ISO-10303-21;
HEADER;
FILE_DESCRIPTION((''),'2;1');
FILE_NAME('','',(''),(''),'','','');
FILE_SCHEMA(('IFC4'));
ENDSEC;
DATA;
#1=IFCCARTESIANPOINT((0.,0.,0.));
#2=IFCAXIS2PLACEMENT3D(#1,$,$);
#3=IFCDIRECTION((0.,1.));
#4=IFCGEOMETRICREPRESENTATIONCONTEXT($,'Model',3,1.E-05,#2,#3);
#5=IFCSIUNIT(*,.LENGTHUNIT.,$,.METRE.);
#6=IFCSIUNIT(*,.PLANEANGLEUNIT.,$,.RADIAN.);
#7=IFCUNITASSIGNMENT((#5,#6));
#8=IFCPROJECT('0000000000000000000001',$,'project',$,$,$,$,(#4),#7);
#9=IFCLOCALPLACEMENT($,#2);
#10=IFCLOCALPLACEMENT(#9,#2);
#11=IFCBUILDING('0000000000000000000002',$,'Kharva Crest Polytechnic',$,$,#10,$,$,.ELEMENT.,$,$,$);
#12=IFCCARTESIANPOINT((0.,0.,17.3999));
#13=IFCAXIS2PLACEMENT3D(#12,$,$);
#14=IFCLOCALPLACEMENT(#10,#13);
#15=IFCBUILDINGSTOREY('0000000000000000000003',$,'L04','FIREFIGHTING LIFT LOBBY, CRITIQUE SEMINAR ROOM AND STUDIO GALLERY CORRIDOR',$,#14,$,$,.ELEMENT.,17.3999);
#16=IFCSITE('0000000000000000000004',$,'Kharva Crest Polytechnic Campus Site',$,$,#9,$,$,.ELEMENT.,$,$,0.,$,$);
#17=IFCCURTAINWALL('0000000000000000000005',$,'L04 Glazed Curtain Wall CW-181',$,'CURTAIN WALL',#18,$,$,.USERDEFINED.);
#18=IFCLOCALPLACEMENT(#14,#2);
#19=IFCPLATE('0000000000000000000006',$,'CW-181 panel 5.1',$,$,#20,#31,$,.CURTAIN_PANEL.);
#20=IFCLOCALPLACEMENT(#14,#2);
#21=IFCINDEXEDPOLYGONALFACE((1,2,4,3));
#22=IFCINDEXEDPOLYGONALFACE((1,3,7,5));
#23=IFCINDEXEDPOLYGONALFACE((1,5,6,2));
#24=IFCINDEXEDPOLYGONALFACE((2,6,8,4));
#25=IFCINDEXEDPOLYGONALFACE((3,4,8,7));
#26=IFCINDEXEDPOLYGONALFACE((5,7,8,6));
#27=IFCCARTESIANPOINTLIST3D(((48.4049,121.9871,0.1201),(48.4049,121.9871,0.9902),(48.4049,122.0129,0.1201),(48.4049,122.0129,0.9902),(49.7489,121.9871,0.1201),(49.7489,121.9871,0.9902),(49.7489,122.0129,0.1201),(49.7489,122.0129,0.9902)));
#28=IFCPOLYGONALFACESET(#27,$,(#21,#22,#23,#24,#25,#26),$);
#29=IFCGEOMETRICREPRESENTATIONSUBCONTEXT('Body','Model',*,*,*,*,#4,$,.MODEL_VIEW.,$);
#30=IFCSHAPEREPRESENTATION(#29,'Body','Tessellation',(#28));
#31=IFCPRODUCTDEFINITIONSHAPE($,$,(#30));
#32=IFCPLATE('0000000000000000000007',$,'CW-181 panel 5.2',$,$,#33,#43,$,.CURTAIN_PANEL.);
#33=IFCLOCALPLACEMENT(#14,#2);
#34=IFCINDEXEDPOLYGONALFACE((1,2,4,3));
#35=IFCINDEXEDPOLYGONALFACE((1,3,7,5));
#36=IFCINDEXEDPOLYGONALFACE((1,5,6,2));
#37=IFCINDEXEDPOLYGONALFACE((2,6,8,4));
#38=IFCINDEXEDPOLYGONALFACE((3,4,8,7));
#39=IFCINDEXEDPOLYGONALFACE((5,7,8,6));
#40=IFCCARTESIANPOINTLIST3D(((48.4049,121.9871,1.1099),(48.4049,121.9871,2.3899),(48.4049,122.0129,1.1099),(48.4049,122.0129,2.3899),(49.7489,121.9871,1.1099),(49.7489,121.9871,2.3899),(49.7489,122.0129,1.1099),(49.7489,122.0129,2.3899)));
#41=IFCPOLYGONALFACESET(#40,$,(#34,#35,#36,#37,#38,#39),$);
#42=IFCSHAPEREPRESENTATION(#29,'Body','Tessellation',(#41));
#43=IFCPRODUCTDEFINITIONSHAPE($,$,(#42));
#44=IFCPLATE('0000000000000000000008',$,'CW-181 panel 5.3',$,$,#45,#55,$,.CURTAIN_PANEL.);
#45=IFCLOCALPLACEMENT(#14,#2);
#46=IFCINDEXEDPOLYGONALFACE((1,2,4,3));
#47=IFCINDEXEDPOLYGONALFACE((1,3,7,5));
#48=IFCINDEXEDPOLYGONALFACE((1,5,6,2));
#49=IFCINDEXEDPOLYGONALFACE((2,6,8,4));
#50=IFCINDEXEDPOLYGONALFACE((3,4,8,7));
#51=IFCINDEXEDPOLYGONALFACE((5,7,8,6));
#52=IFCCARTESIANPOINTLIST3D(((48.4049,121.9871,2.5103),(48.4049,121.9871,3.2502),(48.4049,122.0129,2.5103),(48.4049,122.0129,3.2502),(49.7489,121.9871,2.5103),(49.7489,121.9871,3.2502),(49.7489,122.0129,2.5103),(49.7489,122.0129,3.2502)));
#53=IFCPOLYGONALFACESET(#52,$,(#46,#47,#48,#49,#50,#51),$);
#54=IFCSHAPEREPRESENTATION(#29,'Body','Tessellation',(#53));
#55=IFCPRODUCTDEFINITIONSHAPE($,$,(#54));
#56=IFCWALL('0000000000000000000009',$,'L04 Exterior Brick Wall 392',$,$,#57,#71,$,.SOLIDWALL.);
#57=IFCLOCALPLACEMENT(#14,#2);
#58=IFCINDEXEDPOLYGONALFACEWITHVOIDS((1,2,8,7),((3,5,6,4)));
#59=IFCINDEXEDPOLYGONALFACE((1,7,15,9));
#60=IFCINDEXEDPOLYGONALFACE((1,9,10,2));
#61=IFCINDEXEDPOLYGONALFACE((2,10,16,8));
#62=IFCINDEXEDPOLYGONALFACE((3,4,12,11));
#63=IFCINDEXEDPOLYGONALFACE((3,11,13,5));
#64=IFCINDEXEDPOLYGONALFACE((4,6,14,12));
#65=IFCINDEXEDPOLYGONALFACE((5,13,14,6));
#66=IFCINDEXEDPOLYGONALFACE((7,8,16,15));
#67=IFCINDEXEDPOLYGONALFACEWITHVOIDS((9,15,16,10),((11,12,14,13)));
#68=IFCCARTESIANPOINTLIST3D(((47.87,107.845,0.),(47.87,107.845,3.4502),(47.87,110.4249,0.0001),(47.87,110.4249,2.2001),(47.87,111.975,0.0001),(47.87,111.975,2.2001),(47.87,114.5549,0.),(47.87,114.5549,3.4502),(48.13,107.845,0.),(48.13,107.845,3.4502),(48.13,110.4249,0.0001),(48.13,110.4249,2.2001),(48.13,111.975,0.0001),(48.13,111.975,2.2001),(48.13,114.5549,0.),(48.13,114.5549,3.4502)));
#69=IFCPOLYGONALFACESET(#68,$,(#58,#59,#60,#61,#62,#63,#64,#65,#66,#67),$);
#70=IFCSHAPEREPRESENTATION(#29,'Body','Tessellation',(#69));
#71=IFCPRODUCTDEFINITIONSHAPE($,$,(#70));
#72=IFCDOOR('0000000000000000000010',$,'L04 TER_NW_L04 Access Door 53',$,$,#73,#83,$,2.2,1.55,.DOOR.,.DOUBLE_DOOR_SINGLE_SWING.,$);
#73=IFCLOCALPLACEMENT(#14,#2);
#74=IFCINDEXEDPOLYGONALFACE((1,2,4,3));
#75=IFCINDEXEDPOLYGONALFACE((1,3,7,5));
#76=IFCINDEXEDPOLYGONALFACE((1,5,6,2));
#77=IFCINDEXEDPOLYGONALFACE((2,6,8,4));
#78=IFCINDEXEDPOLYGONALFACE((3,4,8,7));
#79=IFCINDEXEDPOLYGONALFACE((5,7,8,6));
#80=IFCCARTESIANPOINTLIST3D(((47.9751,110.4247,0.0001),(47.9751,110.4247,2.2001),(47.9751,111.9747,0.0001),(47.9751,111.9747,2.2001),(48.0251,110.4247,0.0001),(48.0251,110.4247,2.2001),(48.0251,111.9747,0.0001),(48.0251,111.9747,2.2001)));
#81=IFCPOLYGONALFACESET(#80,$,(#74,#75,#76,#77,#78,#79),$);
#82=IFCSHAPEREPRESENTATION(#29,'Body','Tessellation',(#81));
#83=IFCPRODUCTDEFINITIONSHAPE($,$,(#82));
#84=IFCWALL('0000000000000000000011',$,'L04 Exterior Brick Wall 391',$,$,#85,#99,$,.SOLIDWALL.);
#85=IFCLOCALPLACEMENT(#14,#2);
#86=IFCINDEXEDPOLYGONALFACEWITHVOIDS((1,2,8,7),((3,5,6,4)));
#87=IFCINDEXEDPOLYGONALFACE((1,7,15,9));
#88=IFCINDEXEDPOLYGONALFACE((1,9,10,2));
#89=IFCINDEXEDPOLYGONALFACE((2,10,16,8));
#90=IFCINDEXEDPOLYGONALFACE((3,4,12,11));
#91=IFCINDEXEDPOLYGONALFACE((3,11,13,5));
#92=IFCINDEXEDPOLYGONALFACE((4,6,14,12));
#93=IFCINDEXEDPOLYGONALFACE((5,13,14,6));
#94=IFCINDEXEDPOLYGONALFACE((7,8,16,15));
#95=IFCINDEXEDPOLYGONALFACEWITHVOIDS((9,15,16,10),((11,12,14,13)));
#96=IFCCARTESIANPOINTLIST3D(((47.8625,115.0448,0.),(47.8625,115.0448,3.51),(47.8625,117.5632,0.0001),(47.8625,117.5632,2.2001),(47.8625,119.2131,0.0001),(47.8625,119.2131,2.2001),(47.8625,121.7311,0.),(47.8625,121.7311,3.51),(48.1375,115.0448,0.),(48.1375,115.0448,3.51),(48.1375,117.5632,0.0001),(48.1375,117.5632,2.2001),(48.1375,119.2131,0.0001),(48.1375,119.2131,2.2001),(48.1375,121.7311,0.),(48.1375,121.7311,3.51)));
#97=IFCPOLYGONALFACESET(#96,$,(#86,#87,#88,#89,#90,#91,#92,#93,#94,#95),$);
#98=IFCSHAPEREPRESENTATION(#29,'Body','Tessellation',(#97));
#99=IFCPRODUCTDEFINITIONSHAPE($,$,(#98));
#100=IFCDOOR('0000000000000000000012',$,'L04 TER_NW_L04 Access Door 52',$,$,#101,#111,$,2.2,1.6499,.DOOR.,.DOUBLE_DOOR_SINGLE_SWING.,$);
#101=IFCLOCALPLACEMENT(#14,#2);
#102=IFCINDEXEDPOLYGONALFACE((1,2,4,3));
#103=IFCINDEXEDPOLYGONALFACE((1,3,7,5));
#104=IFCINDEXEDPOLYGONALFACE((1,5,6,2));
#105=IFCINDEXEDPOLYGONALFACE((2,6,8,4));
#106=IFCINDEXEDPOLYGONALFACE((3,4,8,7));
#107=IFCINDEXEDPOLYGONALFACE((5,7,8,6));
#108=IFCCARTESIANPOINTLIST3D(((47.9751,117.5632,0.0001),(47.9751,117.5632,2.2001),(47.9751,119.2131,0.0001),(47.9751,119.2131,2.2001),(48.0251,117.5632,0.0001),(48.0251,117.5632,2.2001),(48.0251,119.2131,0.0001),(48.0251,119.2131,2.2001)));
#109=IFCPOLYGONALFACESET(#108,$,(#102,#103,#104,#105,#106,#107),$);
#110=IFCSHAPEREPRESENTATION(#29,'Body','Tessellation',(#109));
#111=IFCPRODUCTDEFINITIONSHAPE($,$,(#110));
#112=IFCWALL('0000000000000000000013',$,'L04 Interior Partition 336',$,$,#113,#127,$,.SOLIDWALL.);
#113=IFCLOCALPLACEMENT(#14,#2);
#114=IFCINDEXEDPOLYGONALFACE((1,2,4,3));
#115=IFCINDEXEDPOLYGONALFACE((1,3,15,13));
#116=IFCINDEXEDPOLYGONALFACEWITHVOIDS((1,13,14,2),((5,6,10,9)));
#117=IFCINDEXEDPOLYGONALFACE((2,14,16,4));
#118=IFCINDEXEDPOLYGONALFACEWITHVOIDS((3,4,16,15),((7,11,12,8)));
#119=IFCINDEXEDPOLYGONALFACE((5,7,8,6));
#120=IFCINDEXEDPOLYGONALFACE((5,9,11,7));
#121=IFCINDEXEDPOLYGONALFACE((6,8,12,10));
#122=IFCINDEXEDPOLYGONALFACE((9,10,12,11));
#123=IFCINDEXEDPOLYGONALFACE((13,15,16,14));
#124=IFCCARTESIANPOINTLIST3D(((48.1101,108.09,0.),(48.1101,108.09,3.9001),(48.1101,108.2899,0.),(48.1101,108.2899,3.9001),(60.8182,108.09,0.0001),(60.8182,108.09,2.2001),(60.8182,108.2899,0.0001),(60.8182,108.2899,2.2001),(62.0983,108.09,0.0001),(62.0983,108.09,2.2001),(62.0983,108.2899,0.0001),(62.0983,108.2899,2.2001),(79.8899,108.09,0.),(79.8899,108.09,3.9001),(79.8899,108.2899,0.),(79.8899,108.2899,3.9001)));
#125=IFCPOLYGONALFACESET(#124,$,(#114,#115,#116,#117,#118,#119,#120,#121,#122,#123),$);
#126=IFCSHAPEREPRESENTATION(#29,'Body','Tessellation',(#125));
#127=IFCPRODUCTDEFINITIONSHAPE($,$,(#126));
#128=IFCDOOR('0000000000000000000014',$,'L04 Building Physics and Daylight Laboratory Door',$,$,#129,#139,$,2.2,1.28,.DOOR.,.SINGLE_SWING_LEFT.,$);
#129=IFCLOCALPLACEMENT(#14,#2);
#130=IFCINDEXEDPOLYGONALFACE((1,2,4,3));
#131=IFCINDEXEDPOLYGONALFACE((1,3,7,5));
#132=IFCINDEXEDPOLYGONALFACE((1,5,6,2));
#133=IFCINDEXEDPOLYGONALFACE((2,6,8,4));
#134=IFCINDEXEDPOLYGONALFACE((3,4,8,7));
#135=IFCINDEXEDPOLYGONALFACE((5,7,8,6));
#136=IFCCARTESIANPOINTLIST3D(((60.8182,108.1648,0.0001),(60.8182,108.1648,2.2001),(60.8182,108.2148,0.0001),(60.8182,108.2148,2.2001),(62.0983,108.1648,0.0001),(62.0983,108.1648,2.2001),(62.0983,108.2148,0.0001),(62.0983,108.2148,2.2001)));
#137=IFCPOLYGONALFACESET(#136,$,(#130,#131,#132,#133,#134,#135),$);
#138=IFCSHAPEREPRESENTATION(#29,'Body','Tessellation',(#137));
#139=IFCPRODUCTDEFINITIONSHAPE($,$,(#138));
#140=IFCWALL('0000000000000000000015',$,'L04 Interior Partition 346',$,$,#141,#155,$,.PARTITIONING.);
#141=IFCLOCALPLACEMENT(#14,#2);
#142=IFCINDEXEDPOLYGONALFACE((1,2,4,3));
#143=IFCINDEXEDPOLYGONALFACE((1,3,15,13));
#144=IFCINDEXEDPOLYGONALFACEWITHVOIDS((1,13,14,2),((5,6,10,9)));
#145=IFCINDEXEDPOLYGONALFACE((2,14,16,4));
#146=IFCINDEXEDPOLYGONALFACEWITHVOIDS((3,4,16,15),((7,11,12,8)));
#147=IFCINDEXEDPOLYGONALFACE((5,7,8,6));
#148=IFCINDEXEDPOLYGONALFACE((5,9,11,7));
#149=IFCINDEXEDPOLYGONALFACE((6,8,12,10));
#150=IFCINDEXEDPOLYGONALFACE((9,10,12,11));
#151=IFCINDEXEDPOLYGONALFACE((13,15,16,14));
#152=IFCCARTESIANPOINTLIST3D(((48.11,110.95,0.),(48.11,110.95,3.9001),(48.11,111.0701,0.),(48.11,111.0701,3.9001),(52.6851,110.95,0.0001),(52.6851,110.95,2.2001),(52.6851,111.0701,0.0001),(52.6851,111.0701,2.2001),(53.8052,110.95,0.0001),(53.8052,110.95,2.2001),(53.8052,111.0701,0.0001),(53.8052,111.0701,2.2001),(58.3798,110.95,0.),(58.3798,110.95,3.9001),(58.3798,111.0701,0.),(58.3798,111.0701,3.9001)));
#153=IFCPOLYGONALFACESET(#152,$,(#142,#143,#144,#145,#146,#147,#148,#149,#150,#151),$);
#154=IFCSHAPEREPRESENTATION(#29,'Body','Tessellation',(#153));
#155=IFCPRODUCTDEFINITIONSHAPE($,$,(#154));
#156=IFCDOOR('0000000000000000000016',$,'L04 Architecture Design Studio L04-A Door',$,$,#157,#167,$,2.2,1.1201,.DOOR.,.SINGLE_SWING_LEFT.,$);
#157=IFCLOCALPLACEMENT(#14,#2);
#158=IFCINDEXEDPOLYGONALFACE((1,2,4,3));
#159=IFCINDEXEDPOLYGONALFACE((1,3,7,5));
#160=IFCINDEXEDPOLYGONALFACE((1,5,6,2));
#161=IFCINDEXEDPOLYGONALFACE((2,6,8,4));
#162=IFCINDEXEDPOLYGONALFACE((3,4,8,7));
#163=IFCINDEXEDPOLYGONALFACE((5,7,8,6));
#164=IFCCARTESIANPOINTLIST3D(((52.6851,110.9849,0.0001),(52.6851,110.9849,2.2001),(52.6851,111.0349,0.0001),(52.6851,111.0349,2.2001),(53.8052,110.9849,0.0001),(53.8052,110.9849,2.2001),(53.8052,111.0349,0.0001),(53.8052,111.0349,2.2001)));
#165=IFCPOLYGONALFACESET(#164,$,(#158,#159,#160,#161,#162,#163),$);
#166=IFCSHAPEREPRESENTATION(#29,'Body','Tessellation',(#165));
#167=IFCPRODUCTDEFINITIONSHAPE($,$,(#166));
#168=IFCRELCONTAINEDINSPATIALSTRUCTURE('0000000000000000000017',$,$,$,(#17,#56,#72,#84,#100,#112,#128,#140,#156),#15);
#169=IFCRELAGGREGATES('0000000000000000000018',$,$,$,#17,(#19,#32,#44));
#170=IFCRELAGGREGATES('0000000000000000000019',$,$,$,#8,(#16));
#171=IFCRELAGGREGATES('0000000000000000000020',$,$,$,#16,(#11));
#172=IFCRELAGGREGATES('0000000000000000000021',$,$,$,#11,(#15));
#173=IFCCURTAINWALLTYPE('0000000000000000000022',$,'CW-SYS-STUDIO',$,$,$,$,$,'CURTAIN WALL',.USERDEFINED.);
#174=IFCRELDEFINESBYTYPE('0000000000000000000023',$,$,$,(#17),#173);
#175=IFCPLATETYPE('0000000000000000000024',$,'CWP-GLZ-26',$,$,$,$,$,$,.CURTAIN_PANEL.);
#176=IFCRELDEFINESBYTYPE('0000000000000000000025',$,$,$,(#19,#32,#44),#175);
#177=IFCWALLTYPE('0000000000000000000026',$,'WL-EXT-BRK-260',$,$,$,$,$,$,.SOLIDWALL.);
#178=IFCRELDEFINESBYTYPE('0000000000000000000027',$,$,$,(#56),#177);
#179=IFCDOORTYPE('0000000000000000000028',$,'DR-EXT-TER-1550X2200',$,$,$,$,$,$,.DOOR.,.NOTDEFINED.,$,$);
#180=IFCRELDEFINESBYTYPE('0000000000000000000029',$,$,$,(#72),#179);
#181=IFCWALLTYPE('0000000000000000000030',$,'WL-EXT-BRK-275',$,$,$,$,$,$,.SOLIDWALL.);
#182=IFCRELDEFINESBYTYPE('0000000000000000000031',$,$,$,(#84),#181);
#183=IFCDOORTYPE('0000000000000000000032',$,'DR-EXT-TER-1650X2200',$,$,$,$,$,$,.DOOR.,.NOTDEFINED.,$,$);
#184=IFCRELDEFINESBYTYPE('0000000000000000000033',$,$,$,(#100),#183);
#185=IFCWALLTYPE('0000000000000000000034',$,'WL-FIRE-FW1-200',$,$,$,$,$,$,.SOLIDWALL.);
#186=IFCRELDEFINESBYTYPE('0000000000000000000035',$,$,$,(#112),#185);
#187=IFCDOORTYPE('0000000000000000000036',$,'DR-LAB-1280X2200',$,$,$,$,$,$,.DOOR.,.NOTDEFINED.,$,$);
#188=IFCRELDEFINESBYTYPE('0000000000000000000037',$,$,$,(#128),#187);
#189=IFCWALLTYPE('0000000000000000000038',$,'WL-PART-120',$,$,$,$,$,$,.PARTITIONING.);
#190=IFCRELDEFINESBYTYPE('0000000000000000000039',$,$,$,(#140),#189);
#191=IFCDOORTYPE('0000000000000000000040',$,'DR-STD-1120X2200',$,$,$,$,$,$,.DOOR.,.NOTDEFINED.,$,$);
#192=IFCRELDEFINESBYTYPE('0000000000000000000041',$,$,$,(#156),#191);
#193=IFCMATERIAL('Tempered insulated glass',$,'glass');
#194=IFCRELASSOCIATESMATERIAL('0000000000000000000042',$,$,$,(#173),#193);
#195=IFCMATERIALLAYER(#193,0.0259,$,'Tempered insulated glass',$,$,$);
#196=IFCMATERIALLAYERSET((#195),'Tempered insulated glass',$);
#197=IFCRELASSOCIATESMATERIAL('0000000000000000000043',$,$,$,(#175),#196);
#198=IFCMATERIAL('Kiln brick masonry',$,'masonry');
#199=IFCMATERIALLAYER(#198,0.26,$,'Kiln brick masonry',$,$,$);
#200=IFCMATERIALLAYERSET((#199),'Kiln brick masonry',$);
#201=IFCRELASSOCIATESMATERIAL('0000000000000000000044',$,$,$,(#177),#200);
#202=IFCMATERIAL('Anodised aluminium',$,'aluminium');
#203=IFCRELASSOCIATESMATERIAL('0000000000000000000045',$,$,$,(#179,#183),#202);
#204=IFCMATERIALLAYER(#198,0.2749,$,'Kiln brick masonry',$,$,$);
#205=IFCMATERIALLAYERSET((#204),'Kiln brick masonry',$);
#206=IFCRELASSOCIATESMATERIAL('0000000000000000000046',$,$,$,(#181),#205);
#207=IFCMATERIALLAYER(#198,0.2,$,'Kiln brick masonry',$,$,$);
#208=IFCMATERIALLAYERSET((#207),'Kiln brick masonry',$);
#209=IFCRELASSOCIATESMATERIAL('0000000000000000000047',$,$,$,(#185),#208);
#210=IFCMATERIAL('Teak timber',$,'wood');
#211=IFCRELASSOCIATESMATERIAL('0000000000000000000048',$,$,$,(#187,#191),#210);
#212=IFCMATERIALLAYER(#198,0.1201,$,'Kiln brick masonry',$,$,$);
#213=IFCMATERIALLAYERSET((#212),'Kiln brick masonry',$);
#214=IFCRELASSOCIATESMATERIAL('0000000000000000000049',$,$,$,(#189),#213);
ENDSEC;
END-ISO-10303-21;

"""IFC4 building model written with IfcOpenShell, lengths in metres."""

from ifc_helpers import new_model, si_unit, direction, frame, frame_2d, origin, origin_2d, place, context, subcontext, project, spatial, rectangle, extrude, material, layer, layer_set, type_object, element, fill, aggregate, save


model = new_model("IFC4")

# Units and contexts
model_context = context("Model", 3, precision=1e-05, world=origin(), true_north=direction((0.0, 1.0)))
body_context = subcontext(model_context, "Body", "Model", "MODEL_VIEW")
ifc_project = project(units=[si_unit("LENGTHUNIT", "METRE"), si_unit("PLANEANGLEUNIT", "RADIAN")], contexts=[model_context])

# Site, building, storey
site_placement = place(None, origin())
site = spatial("IfcSite", under=ifc_project, at=site_placement, Name="Kharva Crest Polytechnic Campus Site", CompositionType="ELEMENT", RefElevation=0.0)
building_placement = place(site_placement, origin())
building = spatial("IfcBuilding", under=site, at=building_placement, Name="Kharva Crest Polytechnic", CompositionType="ELEMENT")
storey_placement = place(building_placement, frame((0.0, 0.0, 17.3999)))
storey = spatial("IfcBuildingStorey", under=building, at=storey_placement, Name="L04", Description="FIREFIGHTING LIFT LOBBY, CRITIQUE SEMINAR ROOM AND STUDIO GALLERY CORRIDOR", CompositionType="ELEMENT", Elevation=17.3999)

# Curtain wall
ifc_material_1 = material(Name="Tempered insulated glass", Category="glass")
curtain_wall_type = type_object("IfcCurtainWallType", Name="CW-SYS-STUDIO", ElementType="CURTAIN WALL", PredefinedType="USERDEFINED", material=ifc_material_1)
curtain_wall_placement = place(storey_placement, origin())
curtain_wall = element("IfcCurtainWall", 1, at=curtain_wall_placement, inside=storey, type_object=curtain_wall_type, Name="L04 Glazed Curtain Wall CW-181", ObjectType="CURTAIN WALL", PredefinedType="USERDEFINED")

# Plates
ifc_layer_1 = layer(ifc_material_1, 0.0259, Name="Tempered insulated glass")
ifc_layer_set_1 = layer_set([ifc_layer_1], Name="Tempered insulated glass")
plate_type = type_object("IfcPlateType", Name="CWP-GLZ-26", PredefinedType="CURTAIN_PANEL", material=ifc_layer_set_1)
plate_1_placement = place(storey_placement, frame((49.0769, 122.0, 0.1201), z_axis=(0.0, 0.0, 1.0), x_axis=(-1.0, 0.0, 0.0)))
plate_1 = element("IfcPlate", 2, at=plate_1_placement, type_object=plate_type, Name="CW-181 panel 5.1", PredefinedType="CURTAIN_PANEL", context=body_context, shape_type="SweptSolid", body=[
    extrude(rectangle(XDim=1.344, YDim=0.0259, at=origin_2d()), origin(), (0.0, 0.0, 1.0), 0.8701),
])
plate_2_placement = place(storey_placement, frame((49.0769, 122.0, 1.1099), z_axis=(0.0, 0.0, 1.0), x_axis=(-1.0, 0.0, 0.0)))
plate_2 = element("IfcPlate", 3, at=plate_2_placement, type_object=plate_type, Name="CW-181 panel 5.2", PredefinedType="CURTAIN_PANEL", context=body_context, shape_type="SweptSolid", body=[
    extrude(rectangle(XDim=1.344, YDim=0.0259, at=origin_2d()), origin(), (0.0, 0.0, 1.0), 1.28),
])
plate_3_placement = place(storey_placement, frame((49.0769, 122.0, 2.5103), z_axis=(0.0, 0.0, 1.0), x_axis=(-1.0, 0.0, 0.0)))
plate_3 = element("IfcPlate", 4, at=plate_3_placement, type_object=plate_type, Name="CW-181 panel 5.3", PredefinedType="CURTAIN_PANEL", context=body_context, shape_type="SweptSolid", body=[
    extrude(rectangle(XDim=1.344, YDim=0.0259, at=origin_2d()), origin(), (0.0, 0.0, 1.0), 0.74),
])
aggregate(curtain_wall, [plate_1, plate_2, plate_3])

# Walls, openings, doors
ifc_material_2 = material(Name="Kiln brick masonry", Category="masonry")
ifc_layer_2 = layer(ifc_material_2, 0.26, Name="Kiln brick masonry")
ifc_layer_set_2 = layer_set([ifc_layer_2], Name="Kiln brick masonry")
wall_type_1 = type_object("IfcWallType", Name="WL-EXT-BRK-260", PredefinedType="SOLIDWALL", material=ifc_layer_set_2)
wall_1_placement = place(storey_placement, frame((48.0, 114.5549, 0.0), z_axis=(0.0, 0.0, 1.0), x_axis=(0.0, -1.0, 0.0)))
wall_1 = element("IfcWall", 5, at=wall_1_placement, inside=storey, type_object=wall_type_1, Name="L04 Exterior Brick Wall 392", PredefinedType="SOLIDWALL", context=body_context, shape_type="SweptSolid", body=[
    extrude(rectangle(XDim=6.71, YDim=0.26, at=frame_2d((3.355, 0.0))), origin(), (0.0, 0.0, 1.0), 3.4502),
])
opening_1_placement = place(wall_1_placement, frame((2.5801, 0.0, 0.0)))
opening_1 = element("IfcOpeningElement", 6, at=opening_1_placement, cuts=wall_1, PredefinedType="OPENING", context=body_context, shape_type="SweptSolid", body=[
    extrude(rectangle(XDim=1.55, YDim=2.2, at=frame_2d((0.7749, 1.1001))), frame((0.0, 0.1399, 0.0), z_axis=(0.0, -1.0, 0.0), x_axis=(1.0, 0.0, 0.0)), (0.0, 0.0, 1.0), 0.28),
])
ifc_material_3 = material(Name="Anodised aluminium", Category="aluminium")
door_type_1 = type_object("IfcDoorType", Name="DR-EXT-TER-1550X2200", OperationType="NOTDEFINED", PredefinedType="DOOR", material=ifc_material_3)
door_1_placement = place(opening_1_placement, frame((1.55, 0.0, 0.0), z_axis=(0.0, 0.0, 1.0), x_axis=(-1.0, 0.0, 0.0)))
door_1 = element("IfcDoor", 7, at=door_1_placement, inside=storey, type_object=door_type_1, Name="L04 TER_NW_L04 Access Door 53", OperationType="DOUBLE_DOOR_SINGLE_SWING", OverallHeight=2.2, OverallWidth=1.55, PredefinedType="DOOR", context=body_context, shape_type="SweptSolid", body=[
    extrude(rectangle(XDim=1.55, YDim=2.2, at=frame_2d((0.7749, 1.1001))), frame((0.0, 0.0249, 0.0), z_axis=(0.0, -1.0, 0.0), x_axis=(1.0, 0.0, 0.0)), (0.0, 0.0, 1.0), 0.05),
])
fill(opening_1, door_1)
ifc_layer_3 = layer(ifc_material_2, 0.2749, Name="Kiln brick masonry")
ifc_layer_set_3 = layer_set([ifc_layer_3], Name="Kiln brick masonry")
wall_type_2 = type_object("IfcWallType", Name="WL-EXT-BRK-275", PredefinedType="SOLIDWALL", material=ifc_layer_set_3)
wall_2_placement = place(storey_placement, frame((48.0, 121.7312, 0.0), z_axis=(0.0, 0.0, 1.0), x_axis=(0.0, -1.0, 0.0)))
wall_2 = element("IfcWall", 8, at=wall_2_placement, inside=storey, type_object=wall_type_2, Name="L04 Exterior Brick Wall 391", PredefinedType="SOLIDWALL", context=body_context, shape_type="SweptSolid", body=[
    extrude(rectangle(XDim=6.6863, YDim=0.2749, at=frame_2d((3.3433, 0.0))), origin(), (0.0, 0.0, 1.0), 3.51),
])
opening_2_placement = place(wall_2_placement, frame((2.5181, 0.0, 0.0)))
opening_2 = element("IfcOpeningElement", 9, at=opening_2_placement, cuts=wall_2, PredefinedType="OPENING", context=body_context, shape_type="SweptSolid", body=[
    extrude(rectangle(XDim=1.6499, YDim=2.2, at=frame_2d((0.825, 1.1001))), frame((0.0, 0.1475, 0.0), z_axis=(0.0, -1.0, 0.0), x_axis=(1.0, 0.0, 0.0)), (0.0, 0.0, 1.0), 0.2949),
])
door_type_2 = type_object("IfcDoorType", Name="DR-EXT-TER-1650X2200", OperationType="NOTDEFINED", PredefinedType="DOOR", material=ifc_material_3)
door_2_placement = place(opening_2_placement, frame((1.6499, 0.0, 0.0), z_axis=(0.0, 0.0, 1.0), x_axis=(-1.0, 0.0, 0.0)))
door_2 = element("IfcDoor", 10, at=door_2_placement, inside=storey, type_object=door_type_2, Name="L04 TER_NW_L04 Access Door 52", OperationType="DOUBLE_DOOR_SINGLE_SWING", OverallHeight=2.2, OverallWidth=1.6499, PredefinedType="DOOR", context=body_context, shape_type="SweptSolid", body=[
    extrude(rectangle(XDim=1.6499, YDim=2.2, at=frame_2d((0.825, 1.1001))), frame((0.0, 0.0249, 0.0), z_axis=(0.0, -1.0, 0.0), x_axis=(1.0, 0.0, 0.0)), (0.0, 0.0, 1.0), 0.05),
])
fill(opening_2, door_2)
ifc_layer_4 = layer(ifc_material_2, 0.2, Name="Kiln brick masonry")
ifc_layer_set_4 = layer_set([ifc_layer_4], Name="Kiln brick masonry")
wall_type_3 = type_object("IfcWallType", Name="WL-FIRE-FW1-200", PredefinedType="SOLIDWALL", material=ifc_layer_set_4)
wall_3_placement = place(storey_placement, frame((48.1101, 108.1899, 0.0), z_axis=(0.0, 0.0, 1.0), x_axis=(1.0, 0.0, 0.0)))
wall_3 = element("IfcWall", 11, at=wall_3_placement, inside=storey, type_object=wall_type_3, Name="L04 Interior Partition 336", PredefinedType="SOLIDWALL", context=body_context, shape_type="SweptSolid", body=[
    extrude(rectangle(XDim=31.7798, YDim=0.2, at=frame_2d((15.8899, 0.0))), origin(), (0.0, 0.0, 1.0), 3.9001),
])
opening_3_placement = place(wall_3_placement, frame((12.708, 0.0, 0.0)))
opening_3 = element("IfcOpeningElement", 12, at=opening_3_placement, cuts=wall_3, PredefinedType="OPENING", context=body_context, shape_type="SweptSolid", body=[
    extrude(rectangle(XDim=1.28, YDim=2.2, at=frame_2d((0.6401, 1.1001))), frame((0.0, 0.1099, 0.0), z_axis=(0.0, -1.0, 0.0), x_axis=(1.0, 0.0, 0.0)), (0.0, 0.0, 1.0), 0.22),
])
ifc_material_4 = material(Name="Teak timber", Category="wood")
door_type_3 = type_object("IfcDoorType", Name="DR-LAB-1280X2200", OperationType="NOTDEFINED", PredefinedType="DOOR", material=ifc_material_4)
door_3_placement = place(opening_3_placement, origin())
door_3 = element("IfcDoor", 13, at=door_3_placement, inside=storey, type_object=door_type_3, Name="L04 Building Physics and Daylight Laboratory Door", OperationType="SINGLE_SWING_LEFT", OverallHeight=2.2, OverallWidth=1.28, PredefinedType="DOOR", context=body_context, shape_type="SweptSolid", body=[
    extrude(rectangle(XDim=1.28, YDim=2.2, at=frame_2d((0.6401, 1.1001))), frame((0.0, 0.0249, 0.0), z_axis=(0.0, -1.0, 0.0), x_axis=(1.0, 0.0, 0.0)), (0.0, 0.0, 1.0), 0.05),
])
fill(opening_3, door_3)
ifc_layer_5 = layer(ifc_material_2, 0.1201, Name="Kiln brick masonry")
ifc_layer_set_5 = layer_set([ifc_layer_5], Name="Kiln brick masonry")
wall_type_4 = type_object("IfcWallType", Name="WL-PART-120", PredefinedType="PARTITIONING", material=ifc_layer_set_5)
wall_4_placement = place(storey_placement, frame((48.1101, 111.01, 0.0), z_axis=(0.0, 0.0, 1.0), x_axis=(1.0, 0.0, 0.0)))
wall_4 = element("IfcWall", 14, at=wall_4_placement, inside=storey, type_object=wall_type_4, Name="L04 Interior Partition 346", PredefinedType="PARTITIONING", context=body_context, shape_type="SweptSolid", body=[
    extrude(rectangle(XDim=10.2698, YDim=0.1201, at=frame_2d((5.1348, 0.0))), origin(), (0.0, 0.0, 1.0), 3.9001),
])
opening_4_placement = place(wall_4_placement, frame((4.575, 0.0, 0.0)))
opening_4 = element("IfcOpeningElement", 15, at=opening_4_placement, cuts=wall_4, PredefinedType="OPENING", context=body_context, shape_type="SweptSolid", body=[
    extrude(rectangle(XDim=1.1201, YDim=2.2, at=frame_2d((0.5601, 1.1001))), frame((0.0, 0.0701, 0.0), z_axis=(0.0, -1.0, 0.0), x_axis=(1.0, 0.0, 0.0)), (0.0, 0.0, 1.0), 0.1401),
])
door_type_4 = type_object("IfcDoorType", Name="DR-STD-1120X2200", OperationType="NOTDEFINED", PredefinedType="DOOR", material=ifc_material_4)
door_4_placement = place(opening_4_placement, origin())
door_4 = element("IfcDoor", 16, at=door_4_placement, inside=storey, type_object=door_type_4, Name="L04 Architecture Design Studio L04-A Door", OperationType="SINGLE_SWING_LEFT", OverallHeight=2.2, OverallWidth=1.1201, PredefinedType="DOOR", context=body_context, shape_type="SweptSolid", body=[
    extrude(rectangle(XDim=1.1201, YDim=2.2, at=frame_2d((0.5601, 1.1001))), frame((0.0, 0.0249, 0.0), z_axis=(0.0, -1.0, 0.0), x_axis=(1.0, 0.0, 0.0)), (0.0, 0.0, 1.0), 0.05),
])
fill(opening_4, door_4)

save(model, "model.ifc")
